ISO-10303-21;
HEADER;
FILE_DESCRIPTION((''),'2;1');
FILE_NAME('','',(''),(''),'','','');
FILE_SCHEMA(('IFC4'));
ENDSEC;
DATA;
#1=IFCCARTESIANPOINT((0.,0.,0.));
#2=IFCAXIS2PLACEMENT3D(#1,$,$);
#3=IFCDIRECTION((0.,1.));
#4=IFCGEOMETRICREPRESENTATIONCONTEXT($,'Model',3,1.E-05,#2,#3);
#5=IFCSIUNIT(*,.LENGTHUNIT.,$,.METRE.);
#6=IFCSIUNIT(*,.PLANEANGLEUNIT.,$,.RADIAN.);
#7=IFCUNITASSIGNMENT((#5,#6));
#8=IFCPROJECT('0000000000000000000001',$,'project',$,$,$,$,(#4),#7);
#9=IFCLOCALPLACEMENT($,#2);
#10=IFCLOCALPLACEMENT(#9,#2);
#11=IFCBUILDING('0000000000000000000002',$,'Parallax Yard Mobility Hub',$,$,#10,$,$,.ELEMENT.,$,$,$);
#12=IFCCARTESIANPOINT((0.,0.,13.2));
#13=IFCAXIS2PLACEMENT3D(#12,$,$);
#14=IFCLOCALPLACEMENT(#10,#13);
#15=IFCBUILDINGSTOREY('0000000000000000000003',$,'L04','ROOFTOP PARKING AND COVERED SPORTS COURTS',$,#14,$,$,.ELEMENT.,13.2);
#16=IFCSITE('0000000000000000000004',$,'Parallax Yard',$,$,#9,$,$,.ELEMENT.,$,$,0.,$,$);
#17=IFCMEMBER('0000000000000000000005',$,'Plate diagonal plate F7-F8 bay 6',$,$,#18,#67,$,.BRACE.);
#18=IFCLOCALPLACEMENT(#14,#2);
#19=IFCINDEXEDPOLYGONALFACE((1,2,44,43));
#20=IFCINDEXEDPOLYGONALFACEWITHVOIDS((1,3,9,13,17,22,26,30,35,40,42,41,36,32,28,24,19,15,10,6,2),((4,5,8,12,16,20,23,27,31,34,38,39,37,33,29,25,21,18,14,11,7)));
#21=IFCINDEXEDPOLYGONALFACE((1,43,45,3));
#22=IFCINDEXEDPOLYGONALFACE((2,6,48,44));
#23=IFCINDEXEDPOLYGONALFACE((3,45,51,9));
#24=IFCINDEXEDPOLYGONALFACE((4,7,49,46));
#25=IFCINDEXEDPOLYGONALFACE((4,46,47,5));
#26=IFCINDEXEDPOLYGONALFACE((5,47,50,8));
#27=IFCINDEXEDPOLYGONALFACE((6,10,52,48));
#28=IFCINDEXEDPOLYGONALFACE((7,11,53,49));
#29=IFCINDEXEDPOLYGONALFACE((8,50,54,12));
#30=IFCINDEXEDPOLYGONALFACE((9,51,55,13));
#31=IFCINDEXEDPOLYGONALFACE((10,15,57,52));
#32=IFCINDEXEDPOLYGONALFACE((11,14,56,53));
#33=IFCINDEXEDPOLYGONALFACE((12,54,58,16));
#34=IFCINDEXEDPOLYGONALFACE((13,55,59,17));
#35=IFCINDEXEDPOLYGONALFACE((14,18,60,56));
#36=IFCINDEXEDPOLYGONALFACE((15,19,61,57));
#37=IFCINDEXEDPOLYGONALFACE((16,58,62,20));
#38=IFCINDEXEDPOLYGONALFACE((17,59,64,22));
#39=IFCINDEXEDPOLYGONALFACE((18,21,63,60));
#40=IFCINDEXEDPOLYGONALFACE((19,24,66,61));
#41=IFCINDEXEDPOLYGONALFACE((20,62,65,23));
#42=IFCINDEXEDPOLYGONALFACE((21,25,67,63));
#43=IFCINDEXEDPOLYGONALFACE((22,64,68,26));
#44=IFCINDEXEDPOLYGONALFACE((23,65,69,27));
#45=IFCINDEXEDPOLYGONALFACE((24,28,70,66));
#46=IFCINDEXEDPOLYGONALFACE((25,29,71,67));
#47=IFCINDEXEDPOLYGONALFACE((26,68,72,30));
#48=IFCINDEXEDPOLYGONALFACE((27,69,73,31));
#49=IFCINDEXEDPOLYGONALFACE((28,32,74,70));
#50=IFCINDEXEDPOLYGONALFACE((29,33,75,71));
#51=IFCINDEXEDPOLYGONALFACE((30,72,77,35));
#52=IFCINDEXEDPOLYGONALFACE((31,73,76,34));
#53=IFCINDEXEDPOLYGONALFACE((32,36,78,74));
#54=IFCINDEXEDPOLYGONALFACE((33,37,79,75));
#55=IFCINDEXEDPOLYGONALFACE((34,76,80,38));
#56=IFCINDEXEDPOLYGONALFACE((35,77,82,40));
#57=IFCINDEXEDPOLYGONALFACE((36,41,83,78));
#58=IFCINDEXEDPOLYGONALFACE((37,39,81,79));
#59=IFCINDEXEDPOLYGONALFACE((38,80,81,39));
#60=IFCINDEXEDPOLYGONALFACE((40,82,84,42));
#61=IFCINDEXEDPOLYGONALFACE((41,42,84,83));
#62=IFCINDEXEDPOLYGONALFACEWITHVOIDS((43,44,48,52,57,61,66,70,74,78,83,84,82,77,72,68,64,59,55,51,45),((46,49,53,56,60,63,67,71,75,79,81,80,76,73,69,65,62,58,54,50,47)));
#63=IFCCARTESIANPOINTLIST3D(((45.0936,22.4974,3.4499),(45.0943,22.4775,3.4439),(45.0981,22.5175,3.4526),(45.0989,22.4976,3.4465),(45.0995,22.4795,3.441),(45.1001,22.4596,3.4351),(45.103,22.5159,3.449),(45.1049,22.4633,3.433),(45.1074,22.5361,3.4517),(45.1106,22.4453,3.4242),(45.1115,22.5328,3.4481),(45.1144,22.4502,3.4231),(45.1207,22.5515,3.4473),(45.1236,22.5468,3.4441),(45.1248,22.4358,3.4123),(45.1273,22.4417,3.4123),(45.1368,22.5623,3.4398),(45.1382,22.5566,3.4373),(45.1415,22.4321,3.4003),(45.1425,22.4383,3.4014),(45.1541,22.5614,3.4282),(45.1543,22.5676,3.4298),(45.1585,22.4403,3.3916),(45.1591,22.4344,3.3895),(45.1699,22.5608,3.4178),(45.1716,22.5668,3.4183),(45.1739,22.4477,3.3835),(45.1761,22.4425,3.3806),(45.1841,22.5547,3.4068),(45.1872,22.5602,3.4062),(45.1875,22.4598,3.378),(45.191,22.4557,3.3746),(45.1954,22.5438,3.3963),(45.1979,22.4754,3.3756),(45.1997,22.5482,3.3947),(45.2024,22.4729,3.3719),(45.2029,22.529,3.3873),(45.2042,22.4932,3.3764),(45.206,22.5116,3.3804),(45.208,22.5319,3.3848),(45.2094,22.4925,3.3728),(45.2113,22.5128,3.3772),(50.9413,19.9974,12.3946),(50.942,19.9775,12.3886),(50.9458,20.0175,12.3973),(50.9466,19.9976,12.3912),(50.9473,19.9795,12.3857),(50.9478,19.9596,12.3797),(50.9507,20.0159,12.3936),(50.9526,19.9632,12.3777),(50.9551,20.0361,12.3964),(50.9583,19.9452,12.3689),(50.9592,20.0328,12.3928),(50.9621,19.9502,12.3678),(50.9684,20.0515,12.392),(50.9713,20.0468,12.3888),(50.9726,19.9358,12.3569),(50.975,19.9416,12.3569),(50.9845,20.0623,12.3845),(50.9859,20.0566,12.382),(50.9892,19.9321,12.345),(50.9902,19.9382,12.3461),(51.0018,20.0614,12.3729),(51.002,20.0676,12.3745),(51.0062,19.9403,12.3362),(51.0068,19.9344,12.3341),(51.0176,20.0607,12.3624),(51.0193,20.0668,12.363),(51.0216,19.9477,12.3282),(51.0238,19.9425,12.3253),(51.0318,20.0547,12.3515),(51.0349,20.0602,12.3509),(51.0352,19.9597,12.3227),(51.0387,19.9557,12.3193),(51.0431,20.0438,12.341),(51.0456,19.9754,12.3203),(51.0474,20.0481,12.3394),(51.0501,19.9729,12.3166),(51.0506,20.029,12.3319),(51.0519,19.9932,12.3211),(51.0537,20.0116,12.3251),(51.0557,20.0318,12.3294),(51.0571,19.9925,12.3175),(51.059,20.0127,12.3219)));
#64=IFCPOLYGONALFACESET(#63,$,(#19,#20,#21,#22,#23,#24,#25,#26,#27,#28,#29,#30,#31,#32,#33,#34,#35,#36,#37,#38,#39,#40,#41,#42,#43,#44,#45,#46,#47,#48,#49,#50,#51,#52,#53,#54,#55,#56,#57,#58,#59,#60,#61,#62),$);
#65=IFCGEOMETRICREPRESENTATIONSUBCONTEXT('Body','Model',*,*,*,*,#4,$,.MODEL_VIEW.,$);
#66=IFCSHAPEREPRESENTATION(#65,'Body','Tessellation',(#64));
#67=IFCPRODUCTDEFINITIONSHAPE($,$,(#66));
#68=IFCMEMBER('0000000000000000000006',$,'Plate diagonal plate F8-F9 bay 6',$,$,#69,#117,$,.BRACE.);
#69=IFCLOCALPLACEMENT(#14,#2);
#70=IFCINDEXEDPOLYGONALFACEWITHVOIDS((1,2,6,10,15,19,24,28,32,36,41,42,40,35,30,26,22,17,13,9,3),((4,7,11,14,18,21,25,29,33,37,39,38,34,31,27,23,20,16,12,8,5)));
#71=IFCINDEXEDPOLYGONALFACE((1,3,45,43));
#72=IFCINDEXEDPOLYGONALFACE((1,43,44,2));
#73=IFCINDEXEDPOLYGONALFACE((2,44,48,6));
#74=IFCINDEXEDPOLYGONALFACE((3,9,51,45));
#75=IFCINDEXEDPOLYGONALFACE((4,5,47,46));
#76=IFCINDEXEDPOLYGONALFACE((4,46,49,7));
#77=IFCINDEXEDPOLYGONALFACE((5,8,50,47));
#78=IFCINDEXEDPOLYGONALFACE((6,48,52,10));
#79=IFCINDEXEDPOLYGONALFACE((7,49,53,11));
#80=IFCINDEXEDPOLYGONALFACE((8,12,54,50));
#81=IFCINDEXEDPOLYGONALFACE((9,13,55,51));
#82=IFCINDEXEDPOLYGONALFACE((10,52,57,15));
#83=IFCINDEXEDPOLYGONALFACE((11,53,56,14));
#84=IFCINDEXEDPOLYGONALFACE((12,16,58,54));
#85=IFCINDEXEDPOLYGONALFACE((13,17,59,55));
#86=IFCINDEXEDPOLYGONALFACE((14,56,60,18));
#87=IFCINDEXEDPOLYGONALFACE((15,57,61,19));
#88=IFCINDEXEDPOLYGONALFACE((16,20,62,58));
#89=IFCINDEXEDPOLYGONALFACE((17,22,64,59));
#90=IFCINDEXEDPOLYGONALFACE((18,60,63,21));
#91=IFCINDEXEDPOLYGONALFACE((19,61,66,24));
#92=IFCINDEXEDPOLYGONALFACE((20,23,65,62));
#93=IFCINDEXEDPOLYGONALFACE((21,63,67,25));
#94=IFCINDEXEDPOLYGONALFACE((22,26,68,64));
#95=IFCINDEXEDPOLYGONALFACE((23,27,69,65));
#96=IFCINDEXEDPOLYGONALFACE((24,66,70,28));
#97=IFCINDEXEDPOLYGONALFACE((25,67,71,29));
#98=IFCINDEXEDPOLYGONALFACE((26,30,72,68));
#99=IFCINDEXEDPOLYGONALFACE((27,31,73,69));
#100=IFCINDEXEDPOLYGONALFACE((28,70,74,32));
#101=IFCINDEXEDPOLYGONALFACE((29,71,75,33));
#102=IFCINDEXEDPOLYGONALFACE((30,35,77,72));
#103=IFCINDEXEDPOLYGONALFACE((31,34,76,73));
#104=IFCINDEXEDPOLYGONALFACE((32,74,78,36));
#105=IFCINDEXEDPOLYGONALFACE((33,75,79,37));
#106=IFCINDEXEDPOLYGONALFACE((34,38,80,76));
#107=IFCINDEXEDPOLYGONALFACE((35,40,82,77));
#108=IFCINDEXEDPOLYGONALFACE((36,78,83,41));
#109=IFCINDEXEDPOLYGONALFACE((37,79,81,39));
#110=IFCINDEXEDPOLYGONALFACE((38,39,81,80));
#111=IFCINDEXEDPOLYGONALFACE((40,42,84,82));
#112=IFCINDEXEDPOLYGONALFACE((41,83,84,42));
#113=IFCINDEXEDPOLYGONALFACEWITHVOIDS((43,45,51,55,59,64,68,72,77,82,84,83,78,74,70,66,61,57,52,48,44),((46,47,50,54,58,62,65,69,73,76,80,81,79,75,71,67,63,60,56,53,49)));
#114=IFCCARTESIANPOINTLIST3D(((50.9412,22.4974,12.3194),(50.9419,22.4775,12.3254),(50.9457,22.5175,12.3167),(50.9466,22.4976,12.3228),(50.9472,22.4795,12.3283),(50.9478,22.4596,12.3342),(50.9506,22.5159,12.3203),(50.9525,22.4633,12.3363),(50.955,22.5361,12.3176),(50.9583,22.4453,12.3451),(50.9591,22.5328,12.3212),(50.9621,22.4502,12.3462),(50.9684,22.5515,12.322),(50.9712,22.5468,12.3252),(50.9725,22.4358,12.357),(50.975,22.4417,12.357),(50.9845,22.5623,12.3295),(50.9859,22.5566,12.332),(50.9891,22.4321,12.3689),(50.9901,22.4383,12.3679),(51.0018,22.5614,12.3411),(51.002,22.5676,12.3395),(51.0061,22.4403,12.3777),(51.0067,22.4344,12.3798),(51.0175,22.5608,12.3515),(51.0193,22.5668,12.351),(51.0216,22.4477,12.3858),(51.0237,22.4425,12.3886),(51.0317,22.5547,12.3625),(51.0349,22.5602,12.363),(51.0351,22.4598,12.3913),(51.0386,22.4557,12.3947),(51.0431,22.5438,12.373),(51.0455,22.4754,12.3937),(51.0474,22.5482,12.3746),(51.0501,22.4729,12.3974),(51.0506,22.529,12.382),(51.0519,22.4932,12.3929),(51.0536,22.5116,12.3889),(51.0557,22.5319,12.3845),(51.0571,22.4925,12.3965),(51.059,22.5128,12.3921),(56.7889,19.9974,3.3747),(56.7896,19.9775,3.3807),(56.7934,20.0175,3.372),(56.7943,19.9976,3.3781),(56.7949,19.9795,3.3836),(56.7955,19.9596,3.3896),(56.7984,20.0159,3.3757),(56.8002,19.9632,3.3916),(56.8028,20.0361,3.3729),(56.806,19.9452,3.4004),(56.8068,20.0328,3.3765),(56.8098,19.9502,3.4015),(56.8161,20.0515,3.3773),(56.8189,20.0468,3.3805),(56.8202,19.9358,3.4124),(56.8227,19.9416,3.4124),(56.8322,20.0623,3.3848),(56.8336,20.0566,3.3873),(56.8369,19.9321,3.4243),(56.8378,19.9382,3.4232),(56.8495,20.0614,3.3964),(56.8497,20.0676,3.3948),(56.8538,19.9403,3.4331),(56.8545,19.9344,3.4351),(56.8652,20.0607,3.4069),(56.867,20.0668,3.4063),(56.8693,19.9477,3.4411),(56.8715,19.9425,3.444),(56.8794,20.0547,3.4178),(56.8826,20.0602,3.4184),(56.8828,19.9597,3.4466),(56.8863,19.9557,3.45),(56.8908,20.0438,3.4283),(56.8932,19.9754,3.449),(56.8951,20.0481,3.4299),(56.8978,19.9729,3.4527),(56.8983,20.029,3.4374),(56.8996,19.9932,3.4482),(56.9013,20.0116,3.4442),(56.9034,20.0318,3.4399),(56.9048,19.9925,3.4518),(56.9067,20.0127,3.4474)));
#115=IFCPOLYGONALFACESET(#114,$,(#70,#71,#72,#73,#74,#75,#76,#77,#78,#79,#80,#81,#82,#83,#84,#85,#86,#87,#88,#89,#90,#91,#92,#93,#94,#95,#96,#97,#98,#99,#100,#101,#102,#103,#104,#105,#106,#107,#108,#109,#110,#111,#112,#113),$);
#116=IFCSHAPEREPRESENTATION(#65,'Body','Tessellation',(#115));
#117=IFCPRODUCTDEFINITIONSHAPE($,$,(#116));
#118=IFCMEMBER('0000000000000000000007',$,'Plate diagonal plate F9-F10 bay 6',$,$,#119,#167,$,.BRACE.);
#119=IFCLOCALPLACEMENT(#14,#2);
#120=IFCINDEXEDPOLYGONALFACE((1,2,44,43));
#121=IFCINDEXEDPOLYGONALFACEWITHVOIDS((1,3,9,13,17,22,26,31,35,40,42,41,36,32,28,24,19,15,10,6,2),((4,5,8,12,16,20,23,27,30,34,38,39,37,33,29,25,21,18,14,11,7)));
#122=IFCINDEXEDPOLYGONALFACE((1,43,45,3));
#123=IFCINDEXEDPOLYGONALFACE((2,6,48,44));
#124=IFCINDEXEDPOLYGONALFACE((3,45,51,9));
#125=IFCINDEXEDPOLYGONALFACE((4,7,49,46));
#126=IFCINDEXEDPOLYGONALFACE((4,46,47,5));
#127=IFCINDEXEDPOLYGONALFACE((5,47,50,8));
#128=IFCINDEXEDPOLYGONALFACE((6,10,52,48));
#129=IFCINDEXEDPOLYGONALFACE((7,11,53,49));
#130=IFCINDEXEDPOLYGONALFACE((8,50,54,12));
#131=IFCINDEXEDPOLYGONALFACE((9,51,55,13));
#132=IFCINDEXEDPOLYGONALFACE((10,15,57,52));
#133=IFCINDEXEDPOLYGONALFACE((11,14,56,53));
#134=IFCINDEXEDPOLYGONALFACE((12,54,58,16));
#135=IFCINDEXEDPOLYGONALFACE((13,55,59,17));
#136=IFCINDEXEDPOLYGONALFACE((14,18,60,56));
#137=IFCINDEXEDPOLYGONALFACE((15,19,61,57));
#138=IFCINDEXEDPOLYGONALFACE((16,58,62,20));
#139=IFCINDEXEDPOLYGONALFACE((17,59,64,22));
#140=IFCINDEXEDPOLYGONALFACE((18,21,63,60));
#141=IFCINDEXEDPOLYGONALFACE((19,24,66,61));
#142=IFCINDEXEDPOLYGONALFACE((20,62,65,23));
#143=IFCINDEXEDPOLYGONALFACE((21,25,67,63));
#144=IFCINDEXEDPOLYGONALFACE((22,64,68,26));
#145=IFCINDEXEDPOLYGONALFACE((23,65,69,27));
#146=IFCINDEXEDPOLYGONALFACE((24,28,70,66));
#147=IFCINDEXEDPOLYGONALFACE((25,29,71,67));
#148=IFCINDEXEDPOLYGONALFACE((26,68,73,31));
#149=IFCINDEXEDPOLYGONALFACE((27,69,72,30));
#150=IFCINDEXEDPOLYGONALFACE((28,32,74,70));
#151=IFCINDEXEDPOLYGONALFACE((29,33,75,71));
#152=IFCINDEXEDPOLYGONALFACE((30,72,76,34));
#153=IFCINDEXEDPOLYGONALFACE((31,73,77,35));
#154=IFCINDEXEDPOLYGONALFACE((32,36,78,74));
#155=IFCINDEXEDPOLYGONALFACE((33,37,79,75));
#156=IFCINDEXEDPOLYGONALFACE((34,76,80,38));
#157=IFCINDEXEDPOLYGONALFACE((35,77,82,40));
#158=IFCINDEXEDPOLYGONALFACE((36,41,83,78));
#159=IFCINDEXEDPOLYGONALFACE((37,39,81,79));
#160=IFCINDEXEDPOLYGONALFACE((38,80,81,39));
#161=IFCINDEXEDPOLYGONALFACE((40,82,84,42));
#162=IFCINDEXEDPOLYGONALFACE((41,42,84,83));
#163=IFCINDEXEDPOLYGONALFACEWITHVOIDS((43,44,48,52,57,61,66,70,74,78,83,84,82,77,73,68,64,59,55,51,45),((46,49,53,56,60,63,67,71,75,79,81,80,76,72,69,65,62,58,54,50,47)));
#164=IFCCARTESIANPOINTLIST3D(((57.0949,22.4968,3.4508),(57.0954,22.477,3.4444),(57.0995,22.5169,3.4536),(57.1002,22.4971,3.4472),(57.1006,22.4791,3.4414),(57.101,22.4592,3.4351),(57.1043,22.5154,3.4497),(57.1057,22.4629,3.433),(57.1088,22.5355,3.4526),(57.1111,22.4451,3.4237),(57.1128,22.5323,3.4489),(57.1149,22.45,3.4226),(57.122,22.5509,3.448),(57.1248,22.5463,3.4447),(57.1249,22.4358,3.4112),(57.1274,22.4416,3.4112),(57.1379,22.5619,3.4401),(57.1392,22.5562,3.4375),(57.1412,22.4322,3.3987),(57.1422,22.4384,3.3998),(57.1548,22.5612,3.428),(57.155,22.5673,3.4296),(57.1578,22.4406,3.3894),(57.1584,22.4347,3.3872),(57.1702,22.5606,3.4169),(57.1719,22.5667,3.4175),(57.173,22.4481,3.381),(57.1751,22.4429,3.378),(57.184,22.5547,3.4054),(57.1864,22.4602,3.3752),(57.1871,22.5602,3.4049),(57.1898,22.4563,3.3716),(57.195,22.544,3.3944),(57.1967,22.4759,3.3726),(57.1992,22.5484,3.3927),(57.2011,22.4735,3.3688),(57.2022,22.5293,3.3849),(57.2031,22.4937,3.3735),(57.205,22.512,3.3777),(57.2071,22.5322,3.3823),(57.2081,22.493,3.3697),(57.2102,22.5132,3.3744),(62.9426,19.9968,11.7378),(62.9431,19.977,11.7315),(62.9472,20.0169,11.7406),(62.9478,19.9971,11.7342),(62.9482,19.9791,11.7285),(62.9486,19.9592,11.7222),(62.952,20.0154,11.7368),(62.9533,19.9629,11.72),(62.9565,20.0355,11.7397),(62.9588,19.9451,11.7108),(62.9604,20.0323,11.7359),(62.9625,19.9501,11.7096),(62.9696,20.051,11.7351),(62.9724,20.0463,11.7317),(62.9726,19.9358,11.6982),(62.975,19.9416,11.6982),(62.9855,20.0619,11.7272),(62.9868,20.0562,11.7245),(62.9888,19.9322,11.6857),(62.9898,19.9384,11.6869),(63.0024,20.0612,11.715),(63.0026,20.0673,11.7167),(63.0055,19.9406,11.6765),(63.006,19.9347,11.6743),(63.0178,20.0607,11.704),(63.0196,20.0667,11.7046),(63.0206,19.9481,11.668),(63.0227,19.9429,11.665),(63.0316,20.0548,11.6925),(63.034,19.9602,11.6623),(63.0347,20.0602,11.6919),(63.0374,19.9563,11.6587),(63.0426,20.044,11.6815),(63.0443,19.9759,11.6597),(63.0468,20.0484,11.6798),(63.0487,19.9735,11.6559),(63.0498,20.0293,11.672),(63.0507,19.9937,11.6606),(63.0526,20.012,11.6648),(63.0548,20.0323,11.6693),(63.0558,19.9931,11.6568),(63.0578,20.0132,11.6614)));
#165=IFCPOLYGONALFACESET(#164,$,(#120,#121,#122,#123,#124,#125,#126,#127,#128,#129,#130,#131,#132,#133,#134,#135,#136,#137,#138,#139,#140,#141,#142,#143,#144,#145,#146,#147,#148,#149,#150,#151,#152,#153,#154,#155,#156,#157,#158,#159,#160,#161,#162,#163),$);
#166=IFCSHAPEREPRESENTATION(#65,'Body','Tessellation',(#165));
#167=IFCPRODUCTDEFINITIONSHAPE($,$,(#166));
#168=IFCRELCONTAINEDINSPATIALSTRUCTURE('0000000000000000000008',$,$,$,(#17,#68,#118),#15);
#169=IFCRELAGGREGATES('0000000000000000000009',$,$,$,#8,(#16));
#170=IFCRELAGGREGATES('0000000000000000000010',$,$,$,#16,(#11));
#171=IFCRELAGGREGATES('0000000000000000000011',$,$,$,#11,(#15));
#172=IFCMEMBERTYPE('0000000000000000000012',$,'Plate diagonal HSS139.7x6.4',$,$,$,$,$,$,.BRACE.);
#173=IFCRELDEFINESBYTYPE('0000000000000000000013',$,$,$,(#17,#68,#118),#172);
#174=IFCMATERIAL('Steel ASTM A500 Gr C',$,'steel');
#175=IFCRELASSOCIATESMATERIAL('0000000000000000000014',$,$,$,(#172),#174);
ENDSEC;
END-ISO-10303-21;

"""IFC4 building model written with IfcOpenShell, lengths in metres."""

from ifc_helpers import new_model, si_unit, direction, frame, origin, origin_2d, place, context, subcontext, project, spatial, hollow_circle, extrude, material, material_profile, profile_set, type_object, element, save


model = new_model("IFC4")

# Units and contexts
model_context = context("Model", 3, precision=1e-05, world=origin(), true_north=direction((0.0, 1.0)))
body_context = subcontext(model_context, "Body", "Model", "MODEL_VIEW")
ifc_project = project(units=[si_unit("LENGTHUNIT", "METRE"), si_unit("PLANEANGLEUNIT", "RADIAN")], contexts=[model_context])

# Site, building, storey
site_placement = place(None, origin())
site = spatial("IfcSite", under=ifc_project, at=site_placement, Name="Parallax Yard", CompositionType="ELEMENT", RefElevation=0.0)
building_placement = place(site_placement, origin())
building = spatial("IfcBuilding", under=site, at=building_placement, Name="Parallax Yard Mobility Hub", CompositionType="ELEMENT")
storey_placement = place(building_placement, frame((0.0, 0.0, 13.2)))
storey = spatial("IfcBuildingStorey", under=building, at=storey_placement, Name="L04", Description="ROOFTOP PARKING AND COVERED SPORTS COURTS", CompositionType="ELEMENT", Elevation=13.2)

# Members
ifc_material_1 = material(Name="Steel ASTM A500 Gr C", Category="steel")
ifc_material_profile_1 = material_profile(ifc_material_1, hollow_circle(Radius=0.0698, WallThickness=0.0063, at=origin_2d()), Name="HSS139.7x6.4")
ifc_profile_set_1 = profile_set([ifc_material_profile_1], Name="Steel ASTM A500 Gr C")
member_type_1 = type_object("IfcMemberType", Name="Plate diagonal HSS139.7x6.4", PredefinedType="BRACE", material=ifc_profile_set_1)
for number, where, z_axis, x_axis, name in (
    (1, (51.0, 20.0, 12.3569), (-0.532816, 0.22779, -0.814996), (-0.393104, -0.919494, 0.0), "Plate diagonal plate F7-F8 bay 6"),
    (2, (56.8477, 20.0, 3.4124), (-0.532816, 0.22779, 0.814996), (-0.393104, -0.919494, 0.0), "Plate diagonal plate F8-F9 bay 6"),
):
    element("IfcMember", number, at=place(storey_placement, frame(where, z_axis=z_axis, x_axis=x_axis)), inside=storey, type_object=member_type_1, Name=name, PredefinedType="BRACE", context=body_context, shape_type="SweptSolid", body=[
        extrude(hollow_circle(Radius=0.0698, WallThickness=0.0063, at=origin_2d()), origin(), (0.0, 0.0, 1.0), 10.9751),
    ])
for number, where, z_axis, x_axis, name in (
    (3, (63.0, 20.0, 11.6982), (-0.559793, 0.239323, -0.79332), (-0.393104, -0.919494, 0.0), "Plate diagonal plate F9-F10 bay 6"),
):
    element("IfcMember", number, at=place(storey_placement, frame(where, z_axis=z_axis, x_axis=x_axis)), inside=storey, type_object=member_type_1, Name=name, PredefinedType="BRACE", context=body_context, shape_type="SweptSolid", body=[
        extrude(hollow_circle(Radius=0.0698, WallThickness=0.0063, at=origin_2d()), origin(), (0.0, 0.0, 1.0), 10.446),
    ])

save(model, "model.ifc")
